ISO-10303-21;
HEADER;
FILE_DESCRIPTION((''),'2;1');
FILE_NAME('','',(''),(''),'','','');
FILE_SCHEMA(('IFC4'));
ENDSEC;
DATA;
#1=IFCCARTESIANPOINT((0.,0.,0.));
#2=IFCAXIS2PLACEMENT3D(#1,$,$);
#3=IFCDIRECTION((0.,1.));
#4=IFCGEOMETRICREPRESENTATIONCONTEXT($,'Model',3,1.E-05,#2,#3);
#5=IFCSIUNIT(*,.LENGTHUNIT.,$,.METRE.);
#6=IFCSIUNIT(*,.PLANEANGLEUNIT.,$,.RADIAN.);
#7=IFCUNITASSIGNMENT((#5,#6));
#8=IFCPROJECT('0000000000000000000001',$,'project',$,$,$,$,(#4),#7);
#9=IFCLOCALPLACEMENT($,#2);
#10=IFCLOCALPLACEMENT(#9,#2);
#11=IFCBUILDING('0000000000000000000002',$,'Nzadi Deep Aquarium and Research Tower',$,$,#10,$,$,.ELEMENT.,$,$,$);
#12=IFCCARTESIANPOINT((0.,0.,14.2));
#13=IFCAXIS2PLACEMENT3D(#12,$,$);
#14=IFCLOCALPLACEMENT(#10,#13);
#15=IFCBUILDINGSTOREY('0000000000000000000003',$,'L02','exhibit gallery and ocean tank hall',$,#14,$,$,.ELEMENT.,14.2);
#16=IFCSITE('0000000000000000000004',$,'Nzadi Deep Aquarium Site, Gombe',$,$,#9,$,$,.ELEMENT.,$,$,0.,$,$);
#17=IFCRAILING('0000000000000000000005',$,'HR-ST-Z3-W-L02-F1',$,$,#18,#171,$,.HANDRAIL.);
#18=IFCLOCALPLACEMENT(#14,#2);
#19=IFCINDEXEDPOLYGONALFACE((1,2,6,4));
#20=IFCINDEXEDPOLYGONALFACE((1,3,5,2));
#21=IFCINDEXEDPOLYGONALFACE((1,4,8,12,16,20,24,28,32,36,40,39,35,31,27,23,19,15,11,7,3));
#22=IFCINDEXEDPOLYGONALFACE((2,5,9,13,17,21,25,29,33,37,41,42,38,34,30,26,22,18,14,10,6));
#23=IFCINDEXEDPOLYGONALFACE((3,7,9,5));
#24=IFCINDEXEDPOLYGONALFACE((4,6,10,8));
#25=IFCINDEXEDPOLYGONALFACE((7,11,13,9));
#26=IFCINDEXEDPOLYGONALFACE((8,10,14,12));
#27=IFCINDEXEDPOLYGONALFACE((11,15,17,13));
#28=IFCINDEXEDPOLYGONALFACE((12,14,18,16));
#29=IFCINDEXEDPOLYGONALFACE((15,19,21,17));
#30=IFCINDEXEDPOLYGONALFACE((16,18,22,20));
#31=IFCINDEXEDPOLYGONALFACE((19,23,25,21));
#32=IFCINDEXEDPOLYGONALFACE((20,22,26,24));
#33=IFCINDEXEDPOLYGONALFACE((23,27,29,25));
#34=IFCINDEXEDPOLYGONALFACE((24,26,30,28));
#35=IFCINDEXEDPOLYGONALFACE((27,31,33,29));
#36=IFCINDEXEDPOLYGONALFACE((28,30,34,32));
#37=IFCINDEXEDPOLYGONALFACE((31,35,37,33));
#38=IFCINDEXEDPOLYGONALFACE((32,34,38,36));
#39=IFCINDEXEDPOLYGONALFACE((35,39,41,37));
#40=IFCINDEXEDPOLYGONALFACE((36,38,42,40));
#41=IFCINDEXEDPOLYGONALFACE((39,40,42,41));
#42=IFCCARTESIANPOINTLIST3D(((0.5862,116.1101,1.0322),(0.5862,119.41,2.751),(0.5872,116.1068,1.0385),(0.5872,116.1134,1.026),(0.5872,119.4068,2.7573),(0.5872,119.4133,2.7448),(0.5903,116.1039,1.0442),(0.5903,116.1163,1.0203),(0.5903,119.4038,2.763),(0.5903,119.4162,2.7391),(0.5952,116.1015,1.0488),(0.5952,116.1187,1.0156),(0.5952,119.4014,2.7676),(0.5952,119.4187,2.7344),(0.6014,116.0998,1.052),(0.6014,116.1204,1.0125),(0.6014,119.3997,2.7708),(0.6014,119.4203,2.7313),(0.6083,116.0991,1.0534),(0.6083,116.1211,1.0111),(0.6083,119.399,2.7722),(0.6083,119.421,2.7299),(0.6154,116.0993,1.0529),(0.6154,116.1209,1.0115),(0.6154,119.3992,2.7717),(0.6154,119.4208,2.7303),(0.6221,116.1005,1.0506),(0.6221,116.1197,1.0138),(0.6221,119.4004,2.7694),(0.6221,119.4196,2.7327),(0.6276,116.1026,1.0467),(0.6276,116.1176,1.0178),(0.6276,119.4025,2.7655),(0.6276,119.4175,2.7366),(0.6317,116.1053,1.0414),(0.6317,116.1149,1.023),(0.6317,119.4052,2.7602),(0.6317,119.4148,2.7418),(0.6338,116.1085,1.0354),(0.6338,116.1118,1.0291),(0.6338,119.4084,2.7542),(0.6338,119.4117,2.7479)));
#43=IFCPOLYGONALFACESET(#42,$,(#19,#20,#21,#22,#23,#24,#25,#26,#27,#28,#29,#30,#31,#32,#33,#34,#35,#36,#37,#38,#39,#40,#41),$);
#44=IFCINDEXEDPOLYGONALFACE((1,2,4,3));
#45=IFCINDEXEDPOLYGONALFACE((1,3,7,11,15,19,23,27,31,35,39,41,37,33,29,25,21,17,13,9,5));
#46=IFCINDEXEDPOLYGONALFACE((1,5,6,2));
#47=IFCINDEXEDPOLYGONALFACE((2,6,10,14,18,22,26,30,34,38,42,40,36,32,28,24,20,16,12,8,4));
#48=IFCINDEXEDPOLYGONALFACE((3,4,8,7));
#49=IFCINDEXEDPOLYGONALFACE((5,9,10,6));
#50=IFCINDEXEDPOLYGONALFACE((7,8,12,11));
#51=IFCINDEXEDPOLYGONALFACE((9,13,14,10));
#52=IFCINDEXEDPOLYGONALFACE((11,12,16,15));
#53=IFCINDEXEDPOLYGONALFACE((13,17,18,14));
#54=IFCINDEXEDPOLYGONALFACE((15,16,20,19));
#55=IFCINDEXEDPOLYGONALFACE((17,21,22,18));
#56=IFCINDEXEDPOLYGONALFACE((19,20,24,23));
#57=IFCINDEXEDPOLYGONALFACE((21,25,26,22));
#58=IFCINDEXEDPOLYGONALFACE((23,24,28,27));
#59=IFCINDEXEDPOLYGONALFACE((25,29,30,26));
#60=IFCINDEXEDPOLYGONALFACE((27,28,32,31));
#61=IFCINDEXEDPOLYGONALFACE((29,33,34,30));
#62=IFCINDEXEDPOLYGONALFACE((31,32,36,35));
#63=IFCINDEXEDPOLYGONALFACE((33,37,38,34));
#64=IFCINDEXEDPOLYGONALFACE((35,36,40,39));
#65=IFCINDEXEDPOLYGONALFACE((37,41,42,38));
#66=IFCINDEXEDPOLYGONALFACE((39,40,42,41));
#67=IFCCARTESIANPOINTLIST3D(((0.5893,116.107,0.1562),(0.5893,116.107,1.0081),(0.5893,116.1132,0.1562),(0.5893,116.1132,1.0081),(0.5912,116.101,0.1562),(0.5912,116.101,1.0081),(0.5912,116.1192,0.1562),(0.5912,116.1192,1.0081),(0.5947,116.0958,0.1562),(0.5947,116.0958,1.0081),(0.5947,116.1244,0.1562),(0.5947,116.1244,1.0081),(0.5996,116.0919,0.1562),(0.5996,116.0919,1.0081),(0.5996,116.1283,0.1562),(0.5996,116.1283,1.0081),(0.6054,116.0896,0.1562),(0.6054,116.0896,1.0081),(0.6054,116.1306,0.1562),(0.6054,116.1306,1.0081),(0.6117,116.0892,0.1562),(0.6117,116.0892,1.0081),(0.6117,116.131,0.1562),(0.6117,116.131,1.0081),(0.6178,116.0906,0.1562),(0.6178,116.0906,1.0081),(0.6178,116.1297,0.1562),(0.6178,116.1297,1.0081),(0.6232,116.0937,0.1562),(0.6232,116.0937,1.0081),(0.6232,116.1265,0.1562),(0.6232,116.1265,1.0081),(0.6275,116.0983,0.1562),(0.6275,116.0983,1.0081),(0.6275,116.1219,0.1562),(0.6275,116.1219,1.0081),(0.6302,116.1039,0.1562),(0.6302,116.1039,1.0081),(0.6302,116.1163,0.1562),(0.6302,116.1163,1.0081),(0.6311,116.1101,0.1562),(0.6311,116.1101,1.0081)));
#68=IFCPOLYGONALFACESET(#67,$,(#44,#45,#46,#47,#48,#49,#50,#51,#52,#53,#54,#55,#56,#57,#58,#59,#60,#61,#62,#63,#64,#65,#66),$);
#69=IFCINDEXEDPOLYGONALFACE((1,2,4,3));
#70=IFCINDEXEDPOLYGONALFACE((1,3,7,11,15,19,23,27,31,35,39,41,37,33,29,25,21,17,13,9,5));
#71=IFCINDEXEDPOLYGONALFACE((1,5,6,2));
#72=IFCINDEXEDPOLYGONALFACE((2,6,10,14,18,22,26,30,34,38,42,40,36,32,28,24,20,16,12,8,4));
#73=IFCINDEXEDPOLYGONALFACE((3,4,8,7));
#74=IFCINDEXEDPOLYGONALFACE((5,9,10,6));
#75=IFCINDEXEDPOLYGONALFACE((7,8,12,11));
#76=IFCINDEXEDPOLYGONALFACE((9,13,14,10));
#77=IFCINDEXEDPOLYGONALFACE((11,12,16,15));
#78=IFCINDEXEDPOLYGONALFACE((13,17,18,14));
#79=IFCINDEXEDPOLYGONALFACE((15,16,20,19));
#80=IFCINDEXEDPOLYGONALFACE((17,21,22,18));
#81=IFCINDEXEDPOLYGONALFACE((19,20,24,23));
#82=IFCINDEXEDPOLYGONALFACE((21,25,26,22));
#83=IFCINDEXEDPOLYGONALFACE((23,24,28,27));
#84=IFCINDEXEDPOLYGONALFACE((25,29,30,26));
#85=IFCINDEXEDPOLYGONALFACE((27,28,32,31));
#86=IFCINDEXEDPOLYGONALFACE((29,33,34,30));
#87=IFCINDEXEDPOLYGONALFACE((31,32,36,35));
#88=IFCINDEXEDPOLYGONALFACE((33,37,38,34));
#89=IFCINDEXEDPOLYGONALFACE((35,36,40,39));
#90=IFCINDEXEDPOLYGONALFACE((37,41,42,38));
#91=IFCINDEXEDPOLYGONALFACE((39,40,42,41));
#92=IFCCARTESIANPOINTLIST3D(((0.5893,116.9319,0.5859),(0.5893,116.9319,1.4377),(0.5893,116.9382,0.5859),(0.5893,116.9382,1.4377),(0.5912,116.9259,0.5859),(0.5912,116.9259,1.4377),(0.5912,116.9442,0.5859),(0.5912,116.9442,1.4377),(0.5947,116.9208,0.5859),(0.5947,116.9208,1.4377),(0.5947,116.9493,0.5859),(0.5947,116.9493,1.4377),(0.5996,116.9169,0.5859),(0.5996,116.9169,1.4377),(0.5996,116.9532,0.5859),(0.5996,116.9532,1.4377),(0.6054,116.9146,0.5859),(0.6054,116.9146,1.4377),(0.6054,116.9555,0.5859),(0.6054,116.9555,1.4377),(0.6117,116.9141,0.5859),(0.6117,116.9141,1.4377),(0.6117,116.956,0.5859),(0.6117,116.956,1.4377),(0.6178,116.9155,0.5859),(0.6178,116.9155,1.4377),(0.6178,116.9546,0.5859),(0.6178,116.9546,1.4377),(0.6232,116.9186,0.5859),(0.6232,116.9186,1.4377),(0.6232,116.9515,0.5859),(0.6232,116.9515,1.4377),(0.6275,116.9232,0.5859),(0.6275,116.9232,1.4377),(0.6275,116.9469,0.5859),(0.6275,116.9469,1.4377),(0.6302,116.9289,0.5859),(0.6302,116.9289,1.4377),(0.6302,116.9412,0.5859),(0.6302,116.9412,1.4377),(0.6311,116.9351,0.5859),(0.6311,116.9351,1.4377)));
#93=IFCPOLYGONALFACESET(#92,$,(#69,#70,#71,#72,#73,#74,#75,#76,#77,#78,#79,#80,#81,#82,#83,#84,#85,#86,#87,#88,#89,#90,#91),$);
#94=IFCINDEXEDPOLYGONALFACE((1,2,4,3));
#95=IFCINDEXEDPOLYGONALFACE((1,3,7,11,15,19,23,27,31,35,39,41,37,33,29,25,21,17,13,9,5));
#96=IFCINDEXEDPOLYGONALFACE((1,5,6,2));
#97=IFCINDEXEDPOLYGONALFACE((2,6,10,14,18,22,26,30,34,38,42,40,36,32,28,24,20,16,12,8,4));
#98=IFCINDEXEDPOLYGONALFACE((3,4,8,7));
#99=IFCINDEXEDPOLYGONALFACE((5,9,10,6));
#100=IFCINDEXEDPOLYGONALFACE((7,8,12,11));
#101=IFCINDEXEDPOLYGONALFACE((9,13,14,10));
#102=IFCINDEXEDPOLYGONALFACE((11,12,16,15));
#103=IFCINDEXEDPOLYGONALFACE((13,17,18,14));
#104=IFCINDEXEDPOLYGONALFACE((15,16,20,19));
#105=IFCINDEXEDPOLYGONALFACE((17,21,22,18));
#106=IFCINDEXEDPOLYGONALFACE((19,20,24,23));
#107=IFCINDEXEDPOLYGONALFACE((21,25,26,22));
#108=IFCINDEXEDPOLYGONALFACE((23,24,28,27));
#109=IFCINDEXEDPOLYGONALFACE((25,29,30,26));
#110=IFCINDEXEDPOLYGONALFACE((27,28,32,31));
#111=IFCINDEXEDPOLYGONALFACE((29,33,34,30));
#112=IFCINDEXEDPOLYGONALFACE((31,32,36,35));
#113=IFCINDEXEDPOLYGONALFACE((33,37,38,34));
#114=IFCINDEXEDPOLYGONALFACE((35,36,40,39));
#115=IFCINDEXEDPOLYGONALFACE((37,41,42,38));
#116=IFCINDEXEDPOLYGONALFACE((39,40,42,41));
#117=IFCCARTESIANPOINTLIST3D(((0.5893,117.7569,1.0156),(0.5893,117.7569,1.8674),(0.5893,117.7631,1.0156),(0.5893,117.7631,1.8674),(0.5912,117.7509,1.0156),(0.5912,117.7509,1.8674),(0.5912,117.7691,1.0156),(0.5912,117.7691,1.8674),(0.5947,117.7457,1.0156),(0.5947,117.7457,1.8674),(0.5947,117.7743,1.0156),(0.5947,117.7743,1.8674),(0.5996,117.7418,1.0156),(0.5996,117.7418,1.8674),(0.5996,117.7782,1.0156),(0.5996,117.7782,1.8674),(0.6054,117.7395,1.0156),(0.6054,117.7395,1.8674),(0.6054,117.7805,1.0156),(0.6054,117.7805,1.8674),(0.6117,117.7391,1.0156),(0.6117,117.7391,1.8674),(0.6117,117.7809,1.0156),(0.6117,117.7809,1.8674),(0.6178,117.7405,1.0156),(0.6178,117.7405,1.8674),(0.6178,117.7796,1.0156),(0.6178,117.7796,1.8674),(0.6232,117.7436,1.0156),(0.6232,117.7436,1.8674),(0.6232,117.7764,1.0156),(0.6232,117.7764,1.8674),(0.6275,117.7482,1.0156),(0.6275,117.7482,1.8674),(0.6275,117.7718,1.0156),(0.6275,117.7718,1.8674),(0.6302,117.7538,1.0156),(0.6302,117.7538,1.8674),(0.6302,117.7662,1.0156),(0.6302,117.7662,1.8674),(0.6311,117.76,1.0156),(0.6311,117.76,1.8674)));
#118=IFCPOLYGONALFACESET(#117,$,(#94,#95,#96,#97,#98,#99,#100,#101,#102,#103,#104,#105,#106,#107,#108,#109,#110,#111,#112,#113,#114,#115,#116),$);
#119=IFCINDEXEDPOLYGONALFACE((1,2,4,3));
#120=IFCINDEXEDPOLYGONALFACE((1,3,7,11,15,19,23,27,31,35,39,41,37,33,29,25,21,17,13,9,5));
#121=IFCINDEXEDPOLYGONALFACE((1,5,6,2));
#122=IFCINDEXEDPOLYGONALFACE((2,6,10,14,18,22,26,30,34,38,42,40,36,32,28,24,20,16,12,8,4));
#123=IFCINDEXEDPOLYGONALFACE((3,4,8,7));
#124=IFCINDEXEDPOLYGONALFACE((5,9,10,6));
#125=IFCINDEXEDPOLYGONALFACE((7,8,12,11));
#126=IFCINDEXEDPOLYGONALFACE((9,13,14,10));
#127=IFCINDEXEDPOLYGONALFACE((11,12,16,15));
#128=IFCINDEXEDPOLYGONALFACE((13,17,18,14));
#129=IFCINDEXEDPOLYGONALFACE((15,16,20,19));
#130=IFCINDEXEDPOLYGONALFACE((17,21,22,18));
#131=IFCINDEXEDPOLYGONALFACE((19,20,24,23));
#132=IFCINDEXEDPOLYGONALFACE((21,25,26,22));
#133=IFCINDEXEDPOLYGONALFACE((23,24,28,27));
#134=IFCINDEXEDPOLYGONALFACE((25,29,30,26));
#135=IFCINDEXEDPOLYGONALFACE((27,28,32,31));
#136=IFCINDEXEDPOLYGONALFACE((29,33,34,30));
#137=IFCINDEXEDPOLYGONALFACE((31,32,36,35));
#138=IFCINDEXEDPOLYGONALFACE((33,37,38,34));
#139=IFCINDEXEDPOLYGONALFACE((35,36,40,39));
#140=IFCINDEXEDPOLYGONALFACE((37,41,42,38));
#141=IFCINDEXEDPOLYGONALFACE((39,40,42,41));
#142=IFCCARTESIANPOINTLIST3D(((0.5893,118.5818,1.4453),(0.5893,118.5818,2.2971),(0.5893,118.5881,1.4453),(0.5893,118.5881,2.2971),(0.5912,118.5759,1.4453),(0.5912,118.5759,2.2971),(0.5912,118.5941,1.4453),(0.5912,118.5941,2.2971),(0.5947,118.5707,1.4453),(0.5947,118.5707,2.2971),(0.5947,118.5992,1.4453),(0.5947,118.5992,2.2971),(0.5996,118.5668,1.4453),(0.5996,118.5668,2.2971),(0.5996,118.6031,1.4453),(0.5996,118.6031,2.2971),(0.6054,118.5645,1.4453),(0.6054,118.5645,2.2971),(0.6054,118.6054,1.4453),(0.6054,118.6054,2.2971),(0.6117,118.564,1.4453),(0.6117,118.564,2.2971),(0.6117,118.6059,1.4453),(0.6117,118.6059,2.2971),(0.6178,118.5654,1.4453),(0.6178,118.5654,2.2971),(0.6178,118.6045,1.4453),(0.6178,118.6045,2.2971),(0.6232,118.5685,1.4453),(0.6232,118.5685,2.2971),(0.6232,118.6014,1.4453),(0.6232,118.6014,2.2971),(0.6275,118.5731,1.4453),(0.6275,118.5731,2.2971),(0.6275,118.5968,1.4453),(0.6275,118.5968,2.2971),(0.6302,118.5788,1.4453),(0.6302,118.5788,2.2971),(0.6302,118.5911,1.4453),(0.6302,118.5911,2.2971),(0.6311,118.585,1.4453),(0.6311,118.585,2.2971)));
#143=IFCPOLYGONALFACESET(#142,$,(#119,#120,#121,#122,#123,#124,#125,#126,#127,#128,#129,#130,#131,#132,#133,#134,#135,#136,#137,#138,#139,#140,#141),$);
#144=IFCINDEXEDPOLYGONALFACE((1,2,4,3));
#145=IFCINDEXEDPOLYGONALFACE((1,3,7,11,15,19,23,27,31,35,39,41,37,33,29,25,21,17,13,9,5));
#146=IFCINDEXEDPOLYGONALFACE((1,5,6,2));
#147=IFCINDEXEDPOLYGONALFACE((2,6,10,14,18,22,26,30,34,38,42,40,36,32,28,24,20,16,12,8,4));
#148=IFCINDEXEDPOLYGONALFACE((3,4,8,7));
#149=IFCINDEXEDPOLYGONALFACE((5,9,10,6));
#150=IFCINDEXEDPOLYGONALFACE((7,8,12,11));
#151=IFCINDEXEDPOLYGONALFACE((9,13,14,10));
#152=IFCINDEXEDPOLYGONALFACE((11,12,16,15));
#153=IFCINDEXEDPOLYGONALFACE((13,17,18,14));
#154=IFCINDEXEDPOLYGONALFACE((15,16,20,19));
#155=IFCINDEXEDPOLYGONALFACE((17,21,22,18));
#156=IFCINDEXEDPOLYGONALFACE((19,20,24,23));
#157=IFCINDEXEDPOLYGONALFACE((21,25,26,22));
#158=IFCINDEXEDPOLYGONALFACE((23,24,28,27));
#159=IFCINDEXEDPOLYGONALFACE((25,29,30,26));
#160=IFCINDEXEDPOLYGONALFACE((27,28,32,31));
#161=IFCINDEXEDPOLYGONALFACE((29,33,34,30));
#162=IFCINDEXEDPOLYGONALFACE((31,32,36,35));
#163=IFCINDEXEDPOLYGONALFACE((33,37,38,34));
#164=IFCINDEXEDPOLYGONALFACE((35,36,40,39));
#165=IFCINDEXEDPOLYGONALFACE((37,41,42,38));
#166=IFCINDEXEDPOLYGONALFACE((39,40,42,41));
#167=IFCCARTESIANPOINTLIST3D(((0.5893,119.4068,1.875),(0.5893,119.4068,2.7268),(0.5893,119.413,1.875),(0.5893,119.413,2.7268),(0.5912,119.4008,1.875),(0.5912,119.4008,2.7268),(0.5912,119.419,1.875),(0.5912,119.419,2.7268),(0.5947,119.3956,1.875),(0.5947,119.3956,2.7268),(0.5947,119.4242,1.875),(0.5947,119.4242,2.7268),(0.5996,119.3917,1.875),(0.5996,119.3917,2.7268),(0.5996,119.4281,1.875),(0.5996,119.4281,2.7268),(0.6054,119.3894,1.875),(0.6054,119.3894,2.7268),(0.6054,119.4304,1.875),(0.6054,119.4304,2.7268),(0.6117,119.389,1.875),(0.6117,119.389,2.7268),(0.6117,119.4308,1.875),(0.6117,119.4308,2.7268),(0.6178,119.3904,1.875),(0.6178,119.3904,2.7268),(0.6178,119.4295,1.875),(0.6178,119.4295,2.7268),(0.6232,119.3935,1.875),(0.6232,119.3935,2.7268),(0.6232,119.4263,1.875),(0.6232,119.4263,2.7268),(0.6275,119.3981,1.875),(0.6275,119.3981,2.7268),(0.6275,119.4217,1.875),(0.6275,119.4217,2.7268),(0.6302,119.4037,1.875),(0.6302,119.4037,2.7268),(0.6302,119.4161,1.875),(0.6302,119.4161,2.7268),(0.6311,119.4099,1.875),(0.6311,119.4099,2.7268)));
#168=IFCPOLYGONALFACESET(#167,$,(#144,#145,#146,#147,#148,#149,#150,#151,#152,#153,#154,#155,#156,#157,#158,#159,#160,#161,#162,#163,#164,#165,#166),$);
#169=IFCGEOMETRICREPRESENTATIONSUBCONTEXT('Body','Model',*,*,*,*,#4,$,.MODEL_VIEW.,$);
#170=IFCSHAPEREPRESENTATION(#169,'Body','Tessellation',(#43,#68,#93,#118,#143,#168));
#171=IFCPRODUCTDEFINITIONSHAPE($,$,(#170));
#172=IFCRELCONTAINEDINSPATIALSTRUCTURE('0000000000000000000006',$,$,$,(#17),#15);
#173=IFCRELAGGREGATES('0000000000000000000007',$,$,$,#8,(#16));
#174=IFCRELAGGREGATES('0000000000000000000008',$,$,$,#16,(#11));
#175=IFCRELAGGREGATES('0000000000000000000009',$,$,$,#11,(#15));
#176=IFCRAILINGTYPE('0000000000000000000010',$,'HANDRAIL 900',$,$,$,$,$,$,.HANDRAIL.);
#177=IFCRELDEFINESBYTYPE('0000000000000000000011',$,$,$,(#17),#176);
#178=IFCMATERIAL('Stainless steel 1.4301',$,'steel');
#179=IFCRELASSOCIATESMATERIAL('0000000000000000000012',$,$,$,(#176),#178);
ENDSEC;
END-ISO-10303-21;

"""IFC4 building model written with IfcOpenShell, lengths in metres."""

from ifc_helpers import new_model, si_unit, direction, frame, origin, origin_2d, place, context, subcontext, project, spatial, circle, extrude, material, type_object, element, save


model = new_model("IFC4")

# Units and contexts
model_context = context("Model", 3, precision=1e-05, world=origin(), true_north=direction((0.0, 1.0)))
body_context = subcontext(model_context, "Body", "Model", "MODEL_VIEW")
ifc_project = project(units=[si_unit("LENGTHUNIT", "METRE"), si_unit("PLANEANGLEUNIT", "RADIAN")], contexts=[model_context])

# Site, building, storey
site_placement = place(None, origin())
site = spatial("IfcSite", under=ifc_project, at=site_placement, Name="Nzadi Deep Aquarium Site, Gombe", CompositionType="ELEMENT", RefElevation=0.0)
building_placement = place(site_placement, origin())
building = spatial("IfcBuilding", under=site, at=building_placement, Name="Nzadi Deep Aquarium and Research Tower", CompositionType="ELEMENT")
storey_placement = place(building_placement, frame((0.0, 0.0, 14.2)))
storey = spatial("IfcBuildingStorey", under=building, at=storey_placement, Name="L02", Description="exhibit gallery and ocean tank hall", CompositionType="ELEMENT", Elevation=14.2)

# Railing
ifc_material_1 = material(Name="Stainless steel 1.4301", Category="steel")
railing_type = type_object("IfcRailingType", Name="HANDRAIL 900", PredefinedType="HANDRAIL", material=ifc_material_1)
for number, where, name in (
    (1, (0.6101, 116.1101, 0.1562), "HR-ST-Z3-W-L02-F1"),
):
    element("IfcRailing", number, at=place(storey_placement, frame(where)), inside=storey, type_object=railing_type, Name=name, PredefinedType="HANDRAIL", context=body_context, shape_type="SweptSolid", body=[
        extrude(circle(Radius=0.0239, at=origin_2d()), frame((0.0, 0.0, 0.876), z_axis=(0.0, 0.886903, 0.461956), x_axis=(-1.0, 0.0, 0.0)), (0.0, 0.0, 1.0), 3.7207),
        extrude(circle(Radius=0.021, at=origin_2d()), origin(), (0.0, 0.0, 1.0), 0.8518),
        extrude(circle(Radius=0.021, at=origin_2d()), frame((0.0, 0.825, 0.4297)), (0.0, 0.0, 1.0), 0.8518),
        extrude(circle(Radius=0.021, at=origin_2d()), frame((0.0, 1.6499, 0.8594)), (0.0, 0.0, 1.0), 0.8518),
        extrude(circle(Radius=0.021, at=origin_2d()), frame((0.0, 2.4749, 1.2891)), (0.0, 0.0, 1.0), 0.8518),
        extrude(circle(Radius=0.021, at=origin_2d()), frame((0.0, 3.2998, 1.7188)), (0.0, 0.0, 1.0), 0.8518),
    ])

save(model, "model.ifc")
